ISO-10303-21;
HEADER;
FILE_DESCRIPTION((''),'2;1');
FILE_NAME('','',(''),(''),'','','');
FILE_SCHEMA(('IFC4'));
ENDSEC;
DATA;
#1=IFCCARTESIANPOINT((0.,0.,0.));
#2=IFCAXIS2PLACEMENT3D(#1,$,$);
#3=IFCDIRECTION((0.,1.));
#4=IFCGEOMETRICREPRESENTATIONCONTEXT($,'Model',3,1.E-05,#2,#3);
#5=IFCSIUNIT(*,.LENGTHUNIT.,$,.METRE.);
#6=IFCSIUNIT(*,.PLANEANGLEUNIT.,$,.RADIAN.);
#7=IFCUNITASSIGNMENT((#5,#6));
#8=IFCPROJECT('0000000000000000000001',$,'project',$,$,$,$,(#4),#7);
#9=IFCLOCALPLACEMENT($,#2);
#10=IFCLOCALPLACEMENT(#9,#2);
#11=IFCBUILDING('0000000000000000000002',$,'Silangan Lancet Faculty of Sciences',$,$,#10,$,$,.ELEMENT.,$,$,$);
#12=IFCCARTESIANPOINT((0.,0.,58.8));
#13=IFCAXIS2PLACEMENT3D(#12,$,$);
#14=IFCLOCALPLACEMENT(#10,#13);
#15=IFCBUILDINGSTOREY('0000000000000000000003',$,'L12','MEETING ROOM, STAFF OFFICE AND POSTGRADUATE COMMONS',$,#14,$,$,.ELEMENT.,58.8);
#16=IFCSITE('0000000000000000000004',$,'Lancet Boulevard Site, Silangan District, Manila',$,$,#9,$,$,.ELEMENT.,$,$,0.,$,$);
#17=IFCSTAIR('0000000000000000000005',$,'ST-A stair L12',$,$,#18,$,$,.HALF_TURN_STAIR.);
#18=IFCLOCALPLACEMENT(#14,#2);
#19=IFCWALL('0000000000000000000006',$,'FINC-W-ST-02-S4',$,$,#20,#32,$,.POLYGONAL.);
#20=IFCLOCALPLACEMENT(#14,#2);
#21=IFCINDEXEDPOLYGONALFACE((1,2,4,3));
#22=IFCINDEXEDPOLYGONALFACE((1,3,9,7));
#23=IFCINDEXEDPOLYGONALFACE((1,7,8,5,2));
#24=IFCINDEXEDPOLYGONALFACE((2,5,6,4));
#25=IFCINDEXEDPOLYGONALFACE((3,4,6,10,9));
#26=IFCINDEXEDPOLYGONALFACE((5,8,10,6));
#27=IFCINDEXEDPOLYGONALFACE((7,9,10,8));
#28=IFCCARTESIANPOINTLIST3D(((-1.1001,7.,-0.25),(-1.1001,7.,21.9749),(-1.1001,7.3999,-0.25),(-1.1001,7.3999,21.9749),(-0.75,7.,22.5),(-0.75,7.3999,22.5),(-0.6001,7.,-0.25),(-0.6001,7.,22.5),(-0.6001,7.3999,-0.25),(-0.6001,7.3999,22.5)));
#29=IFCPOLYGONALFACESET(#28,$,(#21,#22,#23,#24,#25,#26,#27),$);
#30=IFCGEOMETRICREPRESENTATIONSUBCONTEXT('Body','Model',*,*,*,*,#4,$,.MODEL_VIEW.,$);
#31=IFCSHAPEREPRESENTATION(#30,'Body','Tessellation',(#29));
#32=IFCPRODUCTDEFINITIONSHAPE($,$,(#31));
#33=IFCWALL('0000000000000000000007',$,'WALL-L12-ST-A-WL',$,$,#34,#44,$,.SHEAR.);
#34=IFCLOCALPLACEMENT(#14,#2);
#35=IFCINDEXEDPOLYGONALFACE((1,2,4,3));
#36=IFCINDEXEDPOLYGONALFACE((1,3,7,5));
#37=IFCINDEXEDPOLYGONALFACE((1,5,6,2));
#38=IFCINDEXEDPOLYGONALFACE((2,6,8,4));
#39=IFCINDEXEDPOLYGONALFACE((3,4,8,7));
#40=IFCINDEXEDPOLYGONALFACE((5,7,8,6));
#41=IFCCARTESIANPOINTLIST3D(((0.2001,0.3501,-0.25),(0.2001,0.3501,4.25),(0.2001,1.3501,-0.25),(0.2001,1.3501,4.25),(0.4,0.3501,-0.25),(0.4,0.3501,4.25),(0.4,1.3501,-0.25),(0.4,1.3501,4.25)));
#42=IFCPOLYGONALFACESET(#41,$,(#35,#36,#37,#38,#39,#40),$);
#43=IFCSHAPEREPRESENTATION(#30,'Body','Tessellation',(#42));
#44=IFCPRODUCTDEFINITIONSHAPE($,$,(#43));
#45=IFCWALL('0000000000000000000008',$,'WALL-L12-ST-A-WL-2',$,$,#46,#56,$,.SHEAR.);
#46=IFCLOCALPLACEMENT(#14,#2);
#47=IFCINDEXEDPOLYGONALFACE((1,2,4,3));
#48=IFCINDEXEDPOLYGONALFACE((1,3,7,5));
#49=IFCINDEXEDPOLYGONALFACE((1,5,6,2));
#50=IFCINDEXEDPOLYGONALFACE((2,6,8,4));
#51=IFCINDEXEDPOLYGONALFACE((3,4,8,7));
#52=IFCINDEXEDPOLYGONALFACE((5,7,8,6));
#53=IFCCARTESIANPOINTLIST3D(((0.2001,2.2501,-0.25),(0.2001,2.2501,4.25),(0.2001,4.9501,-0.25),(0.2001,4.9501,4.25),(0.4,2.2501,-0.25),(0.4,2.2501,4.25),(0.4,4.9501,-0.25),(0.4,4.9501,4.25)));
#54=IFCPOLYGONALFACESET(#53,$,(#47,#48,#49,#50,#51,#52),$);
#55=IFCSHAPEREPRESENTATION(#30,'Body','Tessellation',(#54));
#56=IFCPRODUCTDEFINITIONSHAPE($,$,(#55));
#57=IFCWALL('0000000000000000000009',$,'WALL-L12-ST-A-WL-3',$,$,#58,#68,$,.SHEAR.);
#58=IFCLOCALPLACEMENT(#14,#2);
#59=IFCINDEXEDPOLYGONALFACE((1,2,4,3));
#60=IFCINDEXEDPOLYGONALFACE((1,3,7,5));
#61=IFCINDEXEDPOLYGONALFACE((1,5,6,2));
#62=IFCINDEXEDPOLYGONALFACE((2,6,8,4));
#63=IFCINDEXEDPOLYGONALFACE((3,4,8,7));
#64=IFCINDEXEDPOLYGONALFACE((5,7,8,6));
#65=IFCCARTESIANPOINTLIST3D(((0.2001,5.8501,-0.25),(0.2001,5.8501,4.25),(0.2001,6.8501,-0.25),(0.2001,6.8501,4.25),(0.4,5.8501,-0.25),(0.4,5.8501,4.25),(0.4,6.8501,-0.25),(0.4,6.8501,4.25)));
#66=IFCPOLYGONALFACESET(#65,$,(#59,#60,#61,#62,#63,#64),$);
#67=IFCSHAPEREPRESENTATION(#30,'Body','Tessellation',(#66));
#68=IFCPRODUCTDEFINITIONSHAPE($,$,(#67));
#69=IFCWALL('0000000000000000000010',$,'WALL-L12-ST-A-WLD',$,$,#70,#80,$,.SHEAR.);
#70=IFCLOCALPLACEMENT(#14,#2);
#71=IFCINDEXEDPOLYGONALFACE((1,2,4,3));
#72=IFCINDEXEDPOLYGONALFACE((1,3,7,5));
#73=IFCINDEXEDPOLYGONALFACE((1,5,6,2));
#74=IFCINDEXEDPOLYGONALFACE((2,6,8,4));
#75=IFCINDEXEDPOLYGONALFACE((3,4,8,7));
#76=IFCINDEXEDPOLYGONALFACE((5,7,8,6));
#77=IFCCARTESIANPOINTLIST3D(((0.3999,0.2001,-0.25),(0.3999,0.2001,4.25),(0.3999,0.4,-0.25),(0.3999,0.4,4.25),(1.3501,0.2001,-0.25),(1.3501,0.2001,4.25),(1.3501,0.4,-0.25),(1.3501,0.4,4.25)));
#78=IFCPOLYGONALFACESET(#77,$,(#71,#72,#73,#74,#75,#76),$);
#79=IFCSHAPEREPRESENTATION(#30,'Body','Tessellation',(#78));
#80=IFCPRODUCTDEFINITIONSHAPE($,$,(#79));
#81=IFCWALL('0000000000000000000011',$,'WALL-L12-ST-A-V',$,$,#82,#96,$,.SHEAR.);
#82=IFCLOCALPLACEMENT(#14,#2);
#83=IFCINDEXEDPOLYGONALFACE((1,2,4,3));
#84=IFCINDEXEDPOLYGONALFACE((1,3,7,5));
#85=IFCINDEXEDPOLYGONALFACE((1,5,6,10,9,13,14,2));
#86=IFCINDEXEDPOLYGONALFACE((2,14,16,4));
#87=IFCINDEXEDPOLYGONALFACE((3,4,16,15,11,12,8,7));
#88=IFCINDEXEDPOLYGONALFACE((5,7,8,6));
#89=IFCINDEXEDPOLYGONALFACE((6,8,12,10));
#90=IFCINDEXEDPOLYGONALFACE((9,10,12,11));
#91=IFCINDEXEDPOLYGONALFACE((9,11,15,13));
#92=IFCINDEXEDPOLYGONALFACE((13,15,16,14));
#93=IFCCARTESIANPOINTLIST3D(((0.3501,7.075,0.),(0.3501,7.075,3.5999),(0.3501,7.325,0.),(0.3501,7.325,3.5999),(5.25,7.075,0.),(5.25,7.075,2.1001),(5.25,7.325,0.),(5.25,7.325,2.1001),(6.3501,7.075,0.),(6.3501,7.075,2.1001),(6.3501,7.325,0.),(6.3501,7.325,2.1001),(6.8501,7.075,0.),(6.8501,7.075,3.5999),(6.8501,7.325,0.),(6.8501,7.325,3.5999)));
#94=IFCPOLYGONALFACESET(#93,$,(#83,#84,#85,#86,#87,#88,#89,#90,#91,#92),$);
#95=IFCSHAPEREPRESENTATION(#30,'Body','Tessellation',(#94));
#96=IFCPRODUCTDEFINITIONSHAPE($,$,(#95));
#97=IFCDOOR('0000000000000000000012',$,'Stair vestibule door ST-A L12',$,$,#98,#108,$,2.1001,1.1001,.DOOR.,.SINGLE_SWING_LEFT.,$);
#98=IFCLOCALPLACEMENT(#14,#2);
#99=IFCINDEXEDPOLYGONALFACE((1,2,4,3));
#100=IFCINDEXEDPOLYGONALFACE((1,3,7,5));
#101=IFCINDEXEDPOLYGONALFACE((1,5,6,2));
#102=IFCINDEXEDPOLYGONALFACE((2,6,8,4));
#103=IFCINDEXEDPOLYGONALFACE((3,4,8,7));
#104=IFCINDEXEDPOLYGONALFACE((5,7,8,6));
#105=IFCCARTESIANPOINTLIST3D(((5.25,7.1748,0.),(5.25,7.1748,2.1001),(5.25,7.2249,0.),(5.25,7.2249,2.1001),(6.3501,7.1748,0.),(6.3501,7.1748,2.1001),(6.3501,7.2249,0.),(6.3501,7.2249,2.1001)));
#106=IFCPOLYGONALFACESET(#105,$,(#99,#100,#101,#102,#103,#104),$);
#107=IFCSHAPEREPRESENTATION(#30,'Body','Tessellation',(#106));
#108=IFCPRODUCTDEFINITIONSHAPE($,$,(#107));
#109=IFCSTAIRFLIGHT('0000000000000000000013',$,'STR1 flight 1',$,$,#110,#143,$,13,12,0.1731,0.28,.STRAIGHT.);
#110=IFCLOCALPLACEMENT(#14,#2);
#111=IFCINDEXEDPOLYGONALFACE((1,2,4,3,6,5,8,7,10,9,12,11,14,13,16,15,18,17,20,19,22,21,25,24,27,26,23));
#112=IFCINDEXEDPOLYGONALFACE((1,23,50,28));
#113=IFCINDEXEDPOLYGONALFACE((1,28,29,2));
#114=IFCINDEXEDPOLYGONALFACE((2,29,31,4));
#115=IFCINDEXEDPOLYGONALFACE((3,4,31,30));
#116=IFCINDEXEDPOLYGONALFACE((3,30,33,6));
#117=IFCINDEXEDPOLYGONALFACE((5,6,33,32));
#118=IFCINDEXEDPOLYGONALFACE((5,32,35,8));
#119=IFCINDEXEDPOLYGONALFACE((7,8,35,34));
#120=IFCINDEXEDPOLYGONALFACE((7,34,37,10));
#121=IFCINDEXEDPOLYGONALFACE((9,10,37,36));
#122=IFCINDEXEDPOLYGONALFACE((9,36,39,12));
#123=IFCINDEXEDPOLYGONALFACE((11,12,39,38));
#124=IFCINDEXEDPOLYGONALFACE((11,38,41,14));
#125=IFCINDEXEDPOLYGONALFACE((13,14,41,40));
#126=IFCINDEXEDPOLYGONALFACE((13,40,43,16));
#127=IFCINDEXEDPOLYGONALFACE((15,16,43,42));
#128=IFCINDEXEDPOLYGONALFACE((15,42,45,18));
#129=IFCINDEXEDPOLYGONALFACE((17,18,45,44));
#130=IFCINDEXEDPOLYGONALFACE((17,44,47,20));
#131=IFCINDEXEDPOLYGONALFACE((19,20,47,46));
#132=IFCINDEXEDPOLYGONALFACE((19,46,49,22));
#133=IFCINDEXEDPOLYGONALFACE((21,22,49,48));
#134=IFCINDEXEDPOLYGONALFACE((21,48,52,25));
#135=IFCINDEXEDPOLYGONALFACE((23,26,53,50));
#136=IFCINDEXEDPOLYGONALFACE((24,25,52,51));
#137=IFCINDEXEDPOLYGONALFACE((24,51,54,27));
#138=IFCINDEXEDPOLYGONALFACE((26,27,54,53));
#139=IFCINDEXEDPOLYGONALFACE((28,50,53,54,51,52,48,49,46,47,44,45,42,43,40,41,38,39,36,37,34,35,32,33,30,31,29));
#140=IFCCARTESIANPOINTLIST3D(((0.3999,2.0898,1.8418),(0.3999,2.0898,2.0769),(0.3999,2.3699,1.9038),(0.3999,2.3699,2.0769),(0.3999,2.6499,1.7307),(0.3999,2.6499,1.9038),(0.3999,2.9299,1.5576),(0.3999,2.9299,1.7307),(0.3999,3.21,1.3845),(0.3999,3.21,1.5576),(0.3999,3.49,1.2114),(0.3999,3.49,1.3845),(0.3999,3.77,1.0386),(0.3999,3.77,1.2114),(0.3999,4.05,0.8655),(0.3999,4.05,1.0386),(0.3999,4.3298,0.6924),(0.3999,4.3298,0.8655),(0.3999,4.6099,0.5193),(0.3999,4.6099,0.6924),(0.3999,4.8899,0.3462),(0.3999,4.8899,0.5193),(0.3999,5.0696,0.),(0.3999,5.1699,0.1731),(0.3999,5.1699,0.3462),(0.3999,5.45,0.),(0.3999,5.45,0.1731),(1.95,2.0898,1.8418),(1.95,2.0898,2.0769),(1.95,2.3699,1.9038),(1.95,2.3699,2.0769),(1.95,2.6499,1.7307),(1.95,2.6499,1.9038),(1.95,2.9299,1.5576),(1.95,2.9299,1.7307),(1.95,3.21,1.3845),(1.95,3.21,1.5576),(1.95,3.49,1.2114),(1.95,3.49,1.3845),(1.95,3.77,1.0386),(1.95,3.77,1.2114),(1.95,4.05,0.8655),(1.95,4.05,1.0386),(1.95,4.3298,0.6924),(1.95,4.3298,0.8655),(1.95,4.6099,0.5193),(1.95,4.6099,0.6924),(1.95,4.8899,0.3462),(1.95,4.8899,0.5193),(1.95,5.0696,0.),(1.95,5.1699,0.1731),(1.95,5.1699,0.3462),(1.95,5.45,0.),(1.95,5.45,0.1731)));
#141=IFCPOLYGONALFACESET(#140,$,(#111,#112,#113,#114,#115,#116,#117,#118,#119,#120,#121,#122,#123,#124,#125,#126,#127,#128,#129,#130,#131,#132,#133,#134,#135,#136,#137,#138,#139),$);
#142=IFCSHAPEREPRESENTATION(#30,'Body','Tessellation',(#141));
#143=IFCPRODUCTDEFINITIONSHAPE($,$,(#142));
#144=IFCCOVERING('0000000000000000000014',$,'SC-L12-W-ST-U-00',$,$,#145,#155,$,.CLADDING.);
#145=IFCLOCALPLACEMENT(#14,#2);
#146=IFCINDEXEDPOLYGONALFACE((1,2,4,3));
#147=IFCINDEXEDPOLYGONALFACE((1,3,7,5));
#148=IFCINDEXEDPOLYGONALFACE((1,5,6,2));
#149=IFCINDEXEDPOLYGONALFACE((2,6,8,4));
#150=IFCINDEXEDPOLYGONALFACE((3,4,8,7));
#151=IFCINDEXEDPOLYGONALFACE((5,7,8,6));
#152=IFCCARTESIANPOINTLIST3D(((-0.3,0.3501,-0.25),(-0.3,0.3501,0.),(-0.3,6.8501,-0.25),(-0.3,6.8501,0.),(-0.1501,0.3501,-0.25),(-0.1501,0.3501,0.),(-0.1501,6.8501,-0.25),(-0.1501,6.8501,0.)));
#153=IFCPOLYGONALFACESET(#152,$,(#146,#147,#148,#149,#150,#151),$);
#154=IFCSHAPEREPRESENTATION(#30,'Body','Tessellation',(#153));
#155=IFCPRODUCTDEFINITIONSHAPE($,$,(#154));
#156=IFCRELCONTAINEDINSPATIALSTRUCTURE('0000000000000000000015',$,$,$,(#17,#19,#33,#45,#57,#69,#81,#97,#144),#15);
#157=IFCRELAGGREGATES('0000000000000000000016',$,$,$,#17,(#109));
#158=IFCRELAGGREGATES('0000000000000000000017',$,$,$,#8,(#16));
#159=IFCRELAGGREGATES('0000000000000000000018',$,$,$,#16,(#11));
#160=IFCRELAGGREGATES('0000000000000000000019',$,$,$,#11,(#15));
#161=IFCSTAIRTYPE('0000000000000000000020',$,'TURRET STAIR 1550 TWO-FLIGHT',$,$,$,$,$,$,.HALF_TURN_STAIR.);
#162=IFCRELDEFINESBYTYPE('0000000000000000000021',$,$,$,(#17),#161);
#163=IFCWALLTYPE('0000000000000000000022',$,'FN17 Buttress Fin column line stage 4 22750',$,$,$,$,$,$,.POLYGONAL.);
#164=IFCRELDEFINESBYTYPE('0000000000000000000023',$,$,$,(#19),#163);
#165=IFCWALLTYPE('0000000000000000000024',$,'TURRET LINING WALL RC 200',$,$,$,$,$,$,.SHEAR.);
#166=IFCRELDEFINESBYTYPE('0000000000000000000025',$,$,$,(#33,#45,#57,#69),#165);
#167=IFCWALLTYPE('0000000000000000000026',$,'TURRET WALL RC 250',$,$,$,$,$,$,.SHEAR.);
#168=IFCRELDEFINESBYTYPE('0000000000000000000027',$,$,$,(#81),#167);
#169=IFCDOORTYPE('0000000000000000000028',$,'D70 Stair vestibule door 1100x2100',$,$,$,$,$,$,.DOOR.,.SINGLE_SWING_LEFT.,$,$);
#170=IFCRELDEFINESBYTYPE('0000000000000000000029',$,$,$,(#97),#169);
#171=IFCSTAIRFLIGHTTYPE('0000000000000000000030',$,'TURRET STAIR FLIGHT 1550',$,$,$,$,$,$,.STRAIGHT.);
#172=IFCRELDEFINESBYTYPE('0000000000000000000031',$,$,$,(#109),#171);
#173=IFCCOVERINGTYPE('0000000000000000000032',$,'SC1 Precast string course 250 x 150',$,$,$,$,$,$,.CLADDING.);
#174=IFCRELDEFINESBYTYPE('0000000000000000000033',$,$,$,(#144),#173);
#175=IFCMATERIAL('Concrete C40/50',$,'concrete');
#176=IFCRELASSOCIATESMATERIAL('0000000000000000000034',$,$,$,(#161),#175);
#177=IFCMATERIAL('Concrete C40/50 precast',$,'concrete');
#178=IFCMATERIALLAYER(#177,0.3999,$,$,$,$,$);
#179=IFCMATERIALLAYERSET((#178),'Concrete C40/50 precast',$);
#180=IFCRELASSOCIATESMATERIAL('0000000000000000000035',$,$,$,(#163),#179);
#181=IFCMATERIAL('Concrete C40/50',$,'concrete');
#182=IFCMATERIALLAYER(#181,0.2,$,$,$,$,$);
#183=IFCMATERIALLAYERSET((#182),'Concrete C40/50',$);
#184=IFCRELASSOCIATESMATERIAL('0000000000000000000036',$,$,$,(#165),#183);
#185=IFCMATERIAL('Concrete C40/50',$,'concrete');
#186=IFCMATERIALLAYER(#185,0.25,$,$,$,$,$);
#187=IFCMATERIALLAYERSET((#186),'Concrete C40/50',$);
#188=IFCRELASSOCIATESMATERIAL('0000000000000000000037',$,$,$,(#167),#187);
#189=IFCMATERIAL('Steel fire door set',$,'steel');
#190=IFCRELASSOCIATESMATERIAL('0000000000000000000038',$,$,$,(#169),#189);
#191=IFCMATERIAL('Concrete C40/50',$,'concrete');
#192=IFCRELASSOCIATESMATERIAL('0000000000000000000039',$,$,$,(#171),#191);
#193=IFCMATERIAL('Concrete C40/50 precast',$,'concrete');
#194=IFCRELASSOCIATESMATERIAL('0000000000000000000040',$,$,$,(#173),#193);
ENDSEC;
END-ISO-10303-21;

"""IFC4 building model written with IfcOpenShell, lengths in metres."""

from ifc_helpers import new_model, si_unit, direction, frame, frame_2d, origin, origin_2d, place, context, subcontext, project, spatial, polyline, rectangle, outline, extrude, material, layer, layer_set, type_object, element, fill, aggregate, save


model = new_model("IFC4")

# Units and contexts
model_context = context("Model", 3, precision=1e-05, world=origin(), true_north=direction((0.0, 1.0)))
body_context = subcontext(model_context, "Body", "Model", "MODEL_VIEW")
ifc_project = project(units=[si_unit("LENGTHUNIT", "METRE"), si_unit("PLANEANGLEUNIT", "RADIAN")], contexts=[model_context])

# Site, building, storey
site_placement = place(None, origin())
site = spatial("IfcSite", under=ifc_project, at=site_placement, Name="Lancet Boulevard Site, Silangan District, Manila", CompositionType="ELEMENT", RefElevation=0.0)
building_placement = place(site_placement, origin())
building = spatial("IfcBuilding", under=site, at=building_placement, Name="Silangan Lancet Faculty of Sciences", CompositionType="ELEMENT")
storey_placement = place(building_placement, frame((0.0, 0.0, 58.8)))
storey = spatial("IfcBuildingStorey", under=building, at=storey_placement, Name="L12", Description="MEETING ROOM, STAFF OFFICE AND POSTGRADUATE COMMONS", CompositionType="ELEMENT", Elevation=58.8)

# Stair
ifc_material_1 = material(Name="Concrete C40/50", Category="concrete")
stair_type = type_object("IfcStairType", Name="TURRET STAIR 1550 TWO-FLIGHT", PredefinedType="HALF_TURN_STAIR", material=ifc_material_1)
stair_1_placement = place(storey_placement, origin())
stair_1 = element("IfcStair", 1, at=stair_1_placement, inside=storey, type_object=stair_type, Name="ST-A stair L12", PredefinedType="HALF_TURN_STAIR")

# Walls
ifc_material_2 = material(Name="Concrete C40/50 precast", Category="concrete")
ifc_layer_1 = layer(ifc_material_2, 0.3999)
ifc_layer_set_1 = layer_set([ifc_layer_1], Name="Concrete C40/50 precast")
wall_type_1 = type_object("IfcWallType", Name="FN17 Buttress Fin column line stage 4 22750", PredefinedType="POLYGONAL", material=ifc_layer_set_1)
wall_1_placement = place(storey_placement, frame((-0.6001, 7.2, -0.25), z_axis=(0.0, 0.0, 1.0), x_axis=(-1.0, 0.0, 0.0)))
element("IfcWall", 2, at=wall_1_placement, inside=storey, type_object=wall_type_1, Name="FINC-W-ST-02-S4", PredefinedType="POLYGONAL", context=body_context, shape_type="SweptSolid", body=[
    extrude(outline(polyline([(0.5, 0.0), (0.5, 22.2249), (0.1499, 22.75), (0.0, 22.75), (0.0, 0.0), (0.5, 0.0)])), frame((0.0, 0.2, 0.0), z_axis=(0.0, -1.0, 0.0), x_axis=(1.0, 0.0, 0.0)), (0.0, 0.0, 1.0), 0.3999),
])
ifc_material_3 = material(Name="Concrete C40/50", Category="concrete")
ifc_layer_2 = layer(ifc_material_3, 0.2)
ifc_layer_set_2 = layer_set([ifc_layer_2], Name="Concrete C40/50")
wall_type_2 = type_object("IfcWallType", Name="TURRET LINING WALL RC 200", PredefinedType="SHEAR", material=ifc_layer_set_2)
wall_2_placement = place(storey_placement, frame((0.3, 0.3501, -0.25), z_axis=(0.0, 0.0, 1.0), x_axis=(0.0, 1.0, 0.0)))
element("IfcWall", 3, at=wall_2_placement, inside=storey, type_object=wall_type_2, Name="WALL-L12-ST-A-WL", PredefinedType="SHEAR", context=body_context, shape_type="SweptSolid", body=[
    extrude(rectangle(XDim=1.0, YDim=0.2, at=frame_2d((0.5, 0.0))), origin(), (0.0, 0.0, 1.0), 4.5),
])
wall_3_placement = place(storey_placement, frame((0.3, 2.25, -0.25), z_axis=(0.0, 0.0, 1.0), x_axis=(0.0, 1.0, 0.0)))
element("IfcWall", 4, at=wall_3_placement, inside=storey, type_object=wall_type_2, Name="WALL-L12-ST-A-WL-2", PredefinedType="SHEAR", context=body_context, shape_type="SweptSolid", body=[
    extrude(rectangle(XDim=2.7, YDim=0.2, at=frame_2d((1.3501, 0.0))), origin(), (0.0, 0.0, 1.0), 4.5),
])
wall_4_placement = place(storey_placement, frame((0.3, 5.8501, -0.25), z_axis=(0.0, 0.0, 1.0), x_axis=(0.0, 1.0, 0.0)))
element("IfcWall", 5, at=wall_4_placement, inside=storey, type_object=wall_type_2, Name="WALL-L12-ST-A-WL-3", PredefinedType="SHEAR", context=body_context, shape_type="SweptSolid", body=[
    extrude(rectangle(XDim=1.0, YDim=0.2, at=frame_2d((0.5, 0.0))), origin(), (0.0, 0.0, 1.0), 4.5),
])
wall_5_placement = place(storey_placement, frame((0.3999, 0.3, -0.25), z_axis=(0.0, 0.0, 1.0), x_axis=(1.0, 0.0, 0.0)))
element("IfcWall", 6, at=wall_5_placement, inside=storey, type_object=wall_type_2, Name="WALL-L12-ST-A-WLD", PredefinedType="SHEAR", context=body_context, shape_type="SweptSolid", body=[
    extrude(rectangle(XDim=0.9502, YDim=0.2, at=frame_2d((0.4751, 0.0))), origin(), (0.0, 0.0, 1.0), 4.5),
])

# Wall, opening, door
ifc_material_4 = material(Name="Concrete C40/50", Category="concrete")
ifc_layer_3 = layer(ifc_material_4, 0.25)
ifc_layer_set_3 = layer_set([ifc_layer_3], Name="Concrete C40/50")
wall_type_3 = type_object("IfcWallType", Name="TURRET WALL RC 250", PredefinedType="SHEAR", material=ifc_layer_set_3)
wall_6_placement = place(storey_placement, frame((0.3501, 7.2, 0.0), z_axis=(0.0, 0.0, 1.0), x_axis=(1.0, 0.0, 0.0)))
wall_6 = element("IfcWall", 7, at=wall_6_placement, inside=storey, type_object=wall_type_3, Name="WALL-L12-ST-A-V", PredefinedType="SHEAR", context=body_context, shape_type="SweptSolid", body=[
    extrude(rectangle(XDim=6.5, YDim=0.25, at=frame_2d((3.25, 0.0))), origin(), (0.0, 0.0, 1.0), 3.5999),
])
opening_1_placement = place(wall_6_placement, frame((4.8999, 0.0, 0.0)))
opening_1 = element("IfcOpeningElement", 8, at=opening_1_placement, cuts=wall_6, PredefinedType="OPENING", context=body_context, shape_type="SweptSolid", body=[
    extrude(rectangle(XDim=1.1001, YDim=2.1001, at=frame_2d((0.55, 1.05))), frame((0.0, 0.135, 0.0), z_axis=(0.0, -1.0, 0.0), x_axis=(1.0, 0.0, 0.0)), (0.0, 0.0, 1.0), 0.27),
])
ifc_material_5 = material(Name="Steel fire door set", Category="steel")
door_type = type_object("IfcDoorType", Name="D70 Stair vestibule door 1100x2100", OperationType="SINGLE_SWING_LEFT", PredefinedType="DOOR", material=ifc_material_5)
door_placement = place(opening_1_placement, frame((1.1001, 0.0, 0.0), z_axis=(0.0, 0.0, 1.0), x_axis=(-1.0, 0.0, 0.0)))
door = element("IfcDoor", 9, at=door_placement, inside=storey, type_object=door_type, Name="Stair vestibule door ST-A L12", OperationType="SINGLE_SWING_LEFT", OverallHeight=2.1001, OverallWidth=1.1001, PredefinedType="DOOR", context=body_context, shape_type="SweptSolid", body=[
    extrude(rectangle(XDim=1.1001, YDim=2.1001, at=frame_2d((0.55, 1.05))), frame((0.0, 0.0251, 0.0), z_axis=(0.0, -1.0, 0.0), x_axis=(1.0, 0.0, 0.0)), (0.0, 0.0, 1.0), 0.05),
])
fill(opening_1, door)

# Stair flight
ifc_material_6 = material(Name="Concrete C40/50", Category="concrete")
stair_flight_type = type_object("IfcStairFlightType", Name="TURRET STAIR FLIGHT 1550", PredefinedType="STRAIGHT", material=ifc_material_6)
stair_flight_placement = place(storey_placement, frame((1.175, 5.45, 0.0), z_axis=(0.0, 0.0, 1.0), x_axis=(0.0, -1.0, 0.0)))
stair_flight = element("IfcStairFlight", 10, at=stair_flight_placement, type_object=stair_flight_type, Name="STR1 flight 1", NumberOfRisers=13, NumberOfTreads=12, PredefinedType="STRAIGHT", RiserHeight=0.1731, TreadLength=0.28, context=body_context, shape_type="SweptSolid", body=[
    extrude(outline(polyline([(0.0, 0.0), (0.0, 0.1731), (0.28, 0.1731), (0.28, 0.3462), (0.5601, 0.3462), (0.5601, 0.5193), (0.8401, 0.5193), (0.8401, 0.6924), (1.1201, 0.6924), (1.1201, 0.8655), (1.3999, 0.8655), (1.3999, 1.0386), (1.6799, 1.0386), (1.6799, 1.2114), (1.96, 1.2114), (1.96, 1.3845), (2.24, 1.3845), (2.24, 1.5576), (2.52, 1.5576), (2.52, 1.7307), (2.8, 1.7307), (2.8, 1.9038), (3.0801, 1.9038), (3.0801, 2.0769), (3.3601, 2.0769), (3.3601, 2.25), (3.3601, 1.8418), (0.3804, 0.0), (0.0, 0.0)])), frame((0.0, 0.7749, 0.0), z_axis=(0.0, -1.0, 0.0), x_axis=(1.0, 0.0, 0.0)), (0.0, 0.0, 1.0), 1.55),
])
aggregate(stair_1, [stair_flight])

# Covering
ifc_material_7 = material(Name="Concrete C40/50 precast", Category="concrete")
covering_type = type_object("IfcCoveringType", Name="SC1 Precast string course 250 x 150", PredefinedType="CLADDING", material=ifc_material_7)
covering_placement = place(storey_placement, frame((-0.2251, 3.6001, -0.25), z_axis=(0.0, 0.0, 1.0), x_axis=(1.0, 0.0, 0.0)))
element("IfcCovering", 11, at=covering_placement, inside=storey, type_object=covering_type, Name="SC-L12-W-ST-U-00", PredefinedType="CLADDING", context=body_context, shape_type="SweptSolid", body=[
    extrude(rectangle(XDim=0.1499, YDim=6.5, at=origin_2d()), origin(), (0.0, 0.0, 1.0), 0.25),
])

save(model, "model.ifc")
